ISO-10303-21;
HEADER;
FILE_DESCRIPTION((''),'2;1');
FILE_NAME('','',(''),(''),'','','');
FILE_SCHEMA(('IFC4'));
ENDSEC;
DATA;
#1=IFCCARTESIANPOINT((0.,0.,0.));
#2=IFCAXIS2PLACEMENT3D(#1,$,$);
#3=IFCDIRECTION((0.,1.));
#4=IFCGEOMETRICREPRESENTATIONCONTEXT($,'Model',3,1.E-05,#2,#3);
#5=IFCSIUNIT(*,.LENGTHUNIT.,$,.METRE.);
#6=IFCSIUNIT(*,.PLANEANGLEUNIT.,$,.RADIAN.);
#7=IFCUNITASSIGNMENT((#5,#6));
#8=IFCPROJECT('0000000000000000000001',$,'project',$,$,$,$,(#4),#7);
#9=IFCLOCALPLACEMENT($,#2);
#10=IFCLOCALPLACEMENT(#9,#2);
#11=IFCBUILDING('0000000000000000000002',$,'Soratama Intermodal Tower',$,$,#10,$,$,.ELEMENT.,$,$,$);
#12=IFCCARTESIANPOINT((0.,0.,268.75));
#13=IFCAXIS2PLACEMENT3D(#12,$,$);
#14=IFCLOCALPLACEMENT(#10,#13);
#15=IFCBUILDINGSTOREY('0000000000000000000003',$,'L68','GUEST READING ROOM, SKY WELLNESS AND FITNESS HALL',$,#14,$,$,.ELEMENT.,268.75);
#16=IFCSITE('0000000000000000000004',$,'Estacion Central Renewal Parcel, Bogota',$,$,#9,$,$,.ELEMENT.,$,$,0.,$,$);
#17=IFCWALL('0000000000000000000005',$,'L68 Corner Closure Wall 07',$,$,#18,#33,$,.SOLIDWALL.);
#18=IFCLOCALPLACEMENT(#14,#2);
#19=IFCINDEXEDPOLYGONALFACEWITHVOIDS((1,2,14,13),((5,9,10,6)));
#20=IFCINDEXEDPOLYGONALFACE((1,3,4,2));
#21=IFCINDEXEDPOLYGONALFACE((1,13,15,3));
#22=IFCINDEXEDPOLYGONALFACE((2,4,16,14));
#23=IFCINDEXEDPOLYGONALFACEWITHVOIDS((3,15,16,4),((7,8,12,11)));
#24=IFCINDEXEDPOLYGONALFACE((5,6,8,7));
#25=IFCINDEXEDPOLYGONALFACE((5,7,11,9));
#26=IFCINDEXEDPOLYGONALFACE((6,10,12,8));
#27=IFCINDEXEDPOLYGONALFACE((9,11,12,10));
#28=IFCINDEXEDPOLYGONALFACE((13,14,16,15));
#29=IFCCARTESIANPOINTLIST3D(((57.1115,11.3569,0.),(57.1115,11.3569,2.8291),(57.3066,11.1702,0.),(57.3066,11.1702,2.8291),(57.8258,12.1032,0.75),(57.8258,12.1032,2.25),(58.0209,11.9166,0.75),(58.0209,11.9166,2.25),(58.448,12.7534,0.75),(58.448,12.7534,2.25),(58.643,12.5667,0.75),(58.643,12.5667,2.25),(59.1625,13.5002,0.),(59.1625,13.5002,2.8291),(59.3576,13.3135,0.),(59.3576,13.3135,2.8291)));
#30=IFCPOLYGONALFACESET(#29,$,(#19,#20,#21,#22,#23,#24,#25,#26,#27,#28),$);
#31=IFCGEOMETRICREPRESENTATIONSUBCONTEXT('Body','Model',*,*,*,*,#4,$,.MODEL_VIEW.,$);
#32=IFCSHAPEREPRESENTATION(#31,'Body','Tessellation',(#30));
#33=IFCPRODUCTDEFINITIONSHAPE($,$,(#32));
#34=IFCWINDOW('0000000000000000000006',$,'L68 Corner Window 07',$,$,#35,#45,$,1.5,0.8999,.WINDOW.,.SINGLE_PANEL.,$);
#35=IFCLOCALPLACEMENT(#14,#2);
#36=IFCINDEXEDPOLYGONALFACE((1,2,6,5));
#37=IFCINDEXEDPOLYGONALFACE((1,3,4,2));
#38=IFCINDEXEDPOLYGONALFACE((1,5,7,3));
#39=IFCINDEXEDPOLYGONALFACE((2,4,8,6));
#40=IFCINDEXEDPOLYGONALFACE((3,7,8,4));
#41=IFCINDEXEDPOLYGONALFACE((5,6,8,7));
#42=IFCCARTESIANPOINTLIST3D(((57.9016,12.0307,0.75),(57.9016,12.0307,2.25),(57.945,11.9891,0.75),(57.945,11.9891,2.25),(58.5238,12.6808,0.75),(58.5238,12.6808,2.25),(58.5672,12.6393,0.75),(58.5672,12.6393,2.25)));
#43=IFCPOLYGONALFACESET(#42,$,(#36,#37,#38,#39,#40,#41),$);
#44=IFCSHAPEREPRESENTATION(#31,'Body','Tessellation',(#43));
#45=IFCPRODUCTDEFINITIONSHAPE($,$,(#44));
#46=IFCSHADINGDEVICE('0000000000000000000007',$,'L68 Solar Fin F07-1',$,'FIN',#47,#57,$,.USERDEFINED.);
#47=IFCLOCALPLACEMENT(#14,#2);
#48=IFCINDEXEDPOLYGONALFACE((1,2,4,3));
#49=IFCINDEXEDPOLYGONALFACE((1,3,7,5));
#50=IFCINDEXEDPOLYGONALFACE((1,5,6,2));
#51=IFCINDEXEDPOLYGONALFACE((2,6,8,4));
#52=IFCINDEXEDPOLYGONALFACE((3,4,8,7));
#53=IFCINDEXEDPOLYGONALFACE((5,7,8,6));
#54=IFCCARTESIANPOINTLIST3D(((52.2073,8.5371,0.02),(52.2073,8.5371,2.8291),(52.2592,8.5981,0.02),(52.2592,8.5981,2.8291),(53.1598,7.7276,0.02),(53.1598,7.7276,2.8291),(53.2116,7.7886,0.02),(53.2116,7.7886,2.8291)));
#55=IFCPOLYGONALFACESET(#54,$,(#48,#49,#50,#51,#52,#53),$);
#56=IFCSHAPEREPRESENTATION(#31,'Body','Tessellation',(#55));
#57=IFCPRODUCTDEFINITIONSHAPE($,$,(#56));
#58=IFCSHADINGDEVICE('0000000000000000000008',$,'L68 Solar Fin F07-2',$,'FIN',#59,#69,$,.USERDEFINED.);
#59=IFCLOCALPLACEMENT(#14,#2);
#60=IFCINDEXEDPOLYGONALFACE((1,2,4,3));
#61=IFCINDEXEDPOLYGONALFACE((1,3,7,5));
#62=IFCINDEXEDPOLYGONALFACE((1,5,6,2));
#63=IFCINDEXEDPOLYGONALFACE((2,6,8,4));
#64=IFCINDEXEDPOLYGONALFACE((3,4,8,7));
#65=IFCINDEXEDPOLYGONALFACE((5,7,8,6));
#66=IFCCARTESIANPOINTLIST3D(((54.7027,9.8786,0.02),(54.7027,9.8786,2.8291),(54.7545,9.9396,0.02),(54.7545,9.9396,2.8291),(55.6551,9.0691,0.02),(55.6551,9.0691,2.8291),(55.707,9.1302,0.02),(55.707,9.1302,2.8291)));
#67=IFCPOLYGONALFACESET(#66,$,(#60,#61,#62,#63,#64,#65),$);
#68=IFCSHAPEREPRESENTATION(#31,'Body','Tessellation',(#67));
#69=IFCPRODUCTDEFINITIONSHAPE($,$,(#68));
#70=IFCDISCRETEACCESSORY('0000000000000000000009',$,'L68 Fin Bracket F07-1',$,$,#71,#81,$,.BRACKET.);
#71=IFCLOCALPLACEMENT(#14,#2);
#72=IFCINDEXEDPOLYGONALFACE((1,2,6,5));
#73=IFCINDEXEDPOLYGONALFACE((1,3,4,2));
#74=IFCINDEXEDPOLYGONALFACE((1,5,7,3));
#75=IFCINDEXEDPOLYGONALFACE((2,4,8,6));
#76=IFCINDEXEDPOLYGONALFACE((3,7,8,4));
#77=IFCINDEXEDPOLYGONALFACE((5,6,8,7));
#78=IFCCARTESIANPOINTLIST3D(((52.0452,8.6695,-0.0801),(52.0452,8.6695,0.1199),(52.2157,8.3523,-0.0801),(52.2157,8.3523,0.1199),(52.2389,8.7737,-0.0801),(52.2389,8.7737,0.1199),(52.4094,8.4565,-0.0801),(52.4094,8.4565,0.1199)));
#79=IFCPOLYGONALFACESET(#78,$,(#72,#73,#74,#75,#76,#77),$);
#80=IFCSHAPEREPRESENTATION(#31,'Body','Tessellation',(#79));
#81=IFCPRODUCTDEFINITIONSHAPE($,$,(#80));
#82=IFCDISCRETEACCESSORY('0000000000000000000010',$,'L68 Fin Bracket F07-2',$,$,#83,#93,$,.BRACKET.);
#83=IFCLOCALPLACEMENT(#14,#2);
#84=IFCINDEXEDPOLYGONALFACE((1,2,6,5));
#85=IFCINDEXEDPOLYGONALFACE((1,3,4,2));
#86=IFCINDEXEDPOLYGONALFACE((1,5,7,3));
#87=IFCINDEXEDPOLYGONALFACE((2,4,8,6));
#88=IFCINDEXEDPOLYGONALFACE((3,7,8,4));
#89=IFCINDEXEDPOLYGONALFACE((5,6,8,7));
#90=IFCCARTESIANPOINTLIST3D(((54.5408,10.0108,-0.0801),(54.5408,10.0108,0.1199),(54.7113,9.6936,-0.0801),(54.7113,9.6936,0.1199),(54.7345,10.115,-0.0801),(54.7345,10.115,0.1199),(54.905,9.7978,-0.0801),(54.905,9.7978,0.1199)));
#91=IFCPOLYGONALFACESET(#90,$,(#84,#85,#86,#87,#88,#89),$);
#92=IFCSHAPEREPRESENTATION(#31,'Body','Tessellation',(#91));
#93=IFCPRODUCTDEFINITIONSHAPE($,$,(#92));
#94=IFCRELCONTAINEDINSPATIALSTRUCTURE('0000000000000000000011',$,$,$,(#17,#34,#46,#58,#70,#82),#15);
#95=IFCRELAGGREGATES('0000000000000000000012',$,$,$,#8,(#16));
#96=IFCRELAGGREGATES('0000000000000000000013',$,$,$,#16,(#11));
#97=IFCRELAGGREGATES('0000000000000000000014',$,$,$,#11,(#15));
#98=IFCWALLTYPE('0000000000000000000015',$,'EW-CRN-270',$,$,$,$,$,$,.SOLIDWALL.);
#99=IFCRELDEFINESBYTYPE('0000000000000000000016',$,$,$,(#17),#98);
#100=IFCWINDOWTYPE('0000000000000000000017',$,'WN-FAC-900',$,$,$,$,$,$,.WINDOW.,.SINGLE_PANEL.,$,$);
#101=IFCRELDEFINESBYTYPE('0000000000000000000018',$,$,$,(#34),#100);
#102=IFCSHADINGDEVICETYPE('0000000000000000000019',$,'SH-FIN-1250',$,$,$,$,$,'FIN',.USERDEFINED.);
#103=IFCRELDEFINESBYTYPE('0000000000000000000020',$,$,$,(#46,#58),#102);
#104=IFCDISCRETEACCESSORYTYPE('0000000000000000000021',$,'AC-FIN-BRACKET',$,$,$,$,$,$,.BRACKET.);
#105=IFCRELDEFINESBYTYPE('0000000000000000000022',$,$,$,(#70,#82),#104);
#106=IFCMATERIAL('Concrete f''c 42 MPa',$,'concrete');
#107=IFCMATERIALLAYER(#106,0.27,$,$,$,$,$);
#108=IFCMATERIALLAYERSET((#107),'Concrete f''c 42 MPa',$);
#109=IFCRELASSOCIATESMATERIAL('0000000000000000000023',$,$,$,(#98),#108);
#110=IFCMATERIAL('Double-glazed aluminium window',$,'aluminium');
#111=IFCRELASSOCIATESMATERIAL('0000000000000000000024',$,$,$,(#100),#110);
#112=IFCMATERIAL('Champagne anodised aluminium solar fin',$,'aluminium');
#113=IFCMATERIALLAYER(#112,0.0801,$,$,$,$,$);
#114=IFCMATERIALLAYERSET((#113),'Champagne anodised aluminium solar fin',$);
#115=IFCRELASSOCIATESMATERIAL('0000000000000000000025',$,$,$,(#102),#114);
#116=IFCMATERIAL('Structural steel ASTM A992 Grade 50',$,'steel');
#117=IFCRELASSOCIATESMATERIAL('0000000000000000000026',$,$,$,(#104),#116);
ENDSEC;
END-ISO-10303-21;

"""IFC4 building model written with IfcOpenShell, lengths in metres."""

from ifc_helpers import new_model, si_unit, direction, frame, frame_2d, origin, origin_2d, place, context, subcontext, project, spatial, rectangle, extrude, material, layer, layer_set, type_object, element, fill, save


model = new_model("IFC4")

# Units and contexts
model_context = context("Model", 3, precision=1e-05, world=origin(), true_north=direction((0.0, 1.0)))
body_context = subcontext(model_context, "Body", "Model", "MODEL_VIEW")
ifc_project = project(units=[si_unit("LENGTHUNIT", "METRE"), si_unit("PLANEANGLEUNIT", "RADIAN")], contexts=[model_context])

# Site, building, storey
site_placement = place(None, origin())
site = spatial("IfcSite", under=ifc_project, at=site_placement, Name="Estacion Central Renewal Parcel, Bogota", CompositionType="ELEMENT", RefElevation=0.0)
building_placement = place(site_placement, origin())
building = spatial("IfcBuilding", under=site, at=building_placement, Name="Soratama Intermodal Tower", CompositionType="ELEMENT")
storey_placement = place(building_placement, frame((0.0, 0.0, 268.75)))
storey = spatial("IfcBuildingStorey", under=building, at=storey_placement, Name="L68", Description="GUEST READING ROOM, SKY WELLNESS AND FITNESS HALL", CompositionType="ELEMENT", Elevation=268.75)

# Wall, opening, window
ifc_material_1 = material(Name="Concrete f'c 42 MPa", Category="concrete")
ifc_layer_1 = layer(ifc_material_1, 0.27)
ifc_layer_set_1 = layer_set([ifc_layer_1], Name="Concrete f'c 42 MPa")
wall_type = type_object("IfcWallType", Name="EW-CRN-270", PredefinedType="SOLIDWALL", material=ifc_layer_set_1)
wall_placement = place(storey_placement, frame((57.209, 11.2634, 0.0), z_axis=(0.0, 0.0, 1.0), x_axis=(0.691381, 0.72249, 0.0)))
wall = element("IfcWall", 1, at=wall_placement, inside=storey, type_object=wall_type, Name="L68 Corner Closure Wall 07", PredefinedType="SOLIDWALL", context=body_context, shape_type="SweptSolid", body=[
    extrude(rectangle(XDim=2.9666, YDim=0.27, at=frame_2d((1.4834, 0.0))), origin(), (0.0, 0.0, 1.0), 2.8291),
])
opening_placement = place(wall_placement, frame((1.0332, 0.0, 0.75)))
opening = element("IfcOpeningElement", 2, at=opening_placement, cuts=wall, PredefinedType="OPENING", context=body_context, shape_type="SweptSolid", body=[
    extrude(rectangle(XDim=0.8999, YDim=1.5, at=frame_2d((0.45, 0.75))), frame((0.0, 0.145, 0.0), z_axis=(0.0, -1.0, 0.0), x_axis=(1.0, 0.0, 0.0)), (0.0, 0.0, 1.0), 0.29),
])
ifc_material_2 = material(Name="Double-glazed aluminium window", Category="aluminium")
window_type = type_object("IfcWindowType", Name="WN-FAC-900", PartitioningType="SINGLE_PANEL", PredefinedType="WINDOW", material=ifc_material_2)
window_placement = place(opening_placement, origin())
window = element("IfcWindow", 3, at=window_placement, inside=storey, type_object=window_type, Name="L68 Corner Window 07", OverallHeight=1.5, OverallWidth=0.8999, PartitioningType="SINGLE_PANEL", PredefinedType="WINDOW", context=body_context, shape_type="SweptSolid", body=[
    extrude(rectangle(XDim=0.8999, YDim=1.5, at=frame_2d((0.45, 0.75))), frame((0.0, 0.03, 0.0), z_axis=(0.0, -1.0, 0.0), x_axis=(1.0, 0.0, 0.0)), (0.0, 0.0, 1.0), 0.0601),
])
fill(opening, window)

# Shading devices
ifc_material_3 = material(Name="Champagne anodised aluminium solar fin", Category="aluminium")
ifc_layer_2 = layer(ifc_material_3, 0.0801)
ifc_layer_set_2 = layer_set([ifc_layer_2], Name="Champagne anodised aluminium solar fin")
shading_device_type = type_object("IfcShadingDeviceType", Name="SH-FIN-1250", ElementType="FIN", PredefinedType="USERDEFINED", material=ifc_layer_set_2)
for number, where, z_axis, x_axis, name in (
    (4, (52.7095, 8.1628, 0.02), (0.0, 0.0, 1.0), (0.761991, -0.647588, 0.0), "L68 Solar Fin F07-1"),
    (5, (55.2048, 9.5044, 0.02), (0.0, 0.0, 1.0), (0.761991, -0.647588, 0.0), "L68 Solar Fin F07-2"),
):
    element("IfcShadingDevice", number, at=place(storey_placement, frame(where, z_axis=z_axis, x_axis=x_axis)), inside=storey, type_object=shading_device_type, Name=name, ObjectType="FIN", PredefinedType="USERDEFINED", context=body_context, shape_type="SweptSolid", body=[
        extrude(rectangle(XDim=1.25, YDim=0.0801, at=origin_2d()), origin(), (0.0, 0.0, 1.0), 2.8091),
    ])

# Discrete accessories
ifc_material_4 = material(Name="Structural steel ASTM A992 Grade 50", Category="steel")
discrete_accessory_type = type_object("IfcDiscreteAccessoryType", Name="AC-FIN-BRACKET", PredefinedType="BRACKET", material=ifc_material_4)
for number, where, z_axis, x_axis, name in (
    (6, (52.2273, 8.563, -0.0801), (0.0, 0.0, 1.0), (0.473473, -0.880808, 0.0), "L68 Fin Bracket F07-1"),
    (7, (54.7229, 9.9043, -0.0801), (0.0, 0.0, 1.0), (0.473473, -0.880808, 0.0), "L68 Fin Bracket F07-2"),
):
    element("IfcDiscreteAccessory", number, at=place(storey_placement, frame(where, z_axis=z_axis, x_axis=x_axis)), inside=storey, type_object=discrete_accessory_type, Name=name, PredefinedType="BRACKET", context=body_context, shape_type="SweptSolid", body=[
        extrude(rectangle(XDim=0.3601, YDim=0.22, at=origin_2d()), origin(), (0.0, 0.0, 1.0), 0.2),
    ])

save(model, "model.ifc")
